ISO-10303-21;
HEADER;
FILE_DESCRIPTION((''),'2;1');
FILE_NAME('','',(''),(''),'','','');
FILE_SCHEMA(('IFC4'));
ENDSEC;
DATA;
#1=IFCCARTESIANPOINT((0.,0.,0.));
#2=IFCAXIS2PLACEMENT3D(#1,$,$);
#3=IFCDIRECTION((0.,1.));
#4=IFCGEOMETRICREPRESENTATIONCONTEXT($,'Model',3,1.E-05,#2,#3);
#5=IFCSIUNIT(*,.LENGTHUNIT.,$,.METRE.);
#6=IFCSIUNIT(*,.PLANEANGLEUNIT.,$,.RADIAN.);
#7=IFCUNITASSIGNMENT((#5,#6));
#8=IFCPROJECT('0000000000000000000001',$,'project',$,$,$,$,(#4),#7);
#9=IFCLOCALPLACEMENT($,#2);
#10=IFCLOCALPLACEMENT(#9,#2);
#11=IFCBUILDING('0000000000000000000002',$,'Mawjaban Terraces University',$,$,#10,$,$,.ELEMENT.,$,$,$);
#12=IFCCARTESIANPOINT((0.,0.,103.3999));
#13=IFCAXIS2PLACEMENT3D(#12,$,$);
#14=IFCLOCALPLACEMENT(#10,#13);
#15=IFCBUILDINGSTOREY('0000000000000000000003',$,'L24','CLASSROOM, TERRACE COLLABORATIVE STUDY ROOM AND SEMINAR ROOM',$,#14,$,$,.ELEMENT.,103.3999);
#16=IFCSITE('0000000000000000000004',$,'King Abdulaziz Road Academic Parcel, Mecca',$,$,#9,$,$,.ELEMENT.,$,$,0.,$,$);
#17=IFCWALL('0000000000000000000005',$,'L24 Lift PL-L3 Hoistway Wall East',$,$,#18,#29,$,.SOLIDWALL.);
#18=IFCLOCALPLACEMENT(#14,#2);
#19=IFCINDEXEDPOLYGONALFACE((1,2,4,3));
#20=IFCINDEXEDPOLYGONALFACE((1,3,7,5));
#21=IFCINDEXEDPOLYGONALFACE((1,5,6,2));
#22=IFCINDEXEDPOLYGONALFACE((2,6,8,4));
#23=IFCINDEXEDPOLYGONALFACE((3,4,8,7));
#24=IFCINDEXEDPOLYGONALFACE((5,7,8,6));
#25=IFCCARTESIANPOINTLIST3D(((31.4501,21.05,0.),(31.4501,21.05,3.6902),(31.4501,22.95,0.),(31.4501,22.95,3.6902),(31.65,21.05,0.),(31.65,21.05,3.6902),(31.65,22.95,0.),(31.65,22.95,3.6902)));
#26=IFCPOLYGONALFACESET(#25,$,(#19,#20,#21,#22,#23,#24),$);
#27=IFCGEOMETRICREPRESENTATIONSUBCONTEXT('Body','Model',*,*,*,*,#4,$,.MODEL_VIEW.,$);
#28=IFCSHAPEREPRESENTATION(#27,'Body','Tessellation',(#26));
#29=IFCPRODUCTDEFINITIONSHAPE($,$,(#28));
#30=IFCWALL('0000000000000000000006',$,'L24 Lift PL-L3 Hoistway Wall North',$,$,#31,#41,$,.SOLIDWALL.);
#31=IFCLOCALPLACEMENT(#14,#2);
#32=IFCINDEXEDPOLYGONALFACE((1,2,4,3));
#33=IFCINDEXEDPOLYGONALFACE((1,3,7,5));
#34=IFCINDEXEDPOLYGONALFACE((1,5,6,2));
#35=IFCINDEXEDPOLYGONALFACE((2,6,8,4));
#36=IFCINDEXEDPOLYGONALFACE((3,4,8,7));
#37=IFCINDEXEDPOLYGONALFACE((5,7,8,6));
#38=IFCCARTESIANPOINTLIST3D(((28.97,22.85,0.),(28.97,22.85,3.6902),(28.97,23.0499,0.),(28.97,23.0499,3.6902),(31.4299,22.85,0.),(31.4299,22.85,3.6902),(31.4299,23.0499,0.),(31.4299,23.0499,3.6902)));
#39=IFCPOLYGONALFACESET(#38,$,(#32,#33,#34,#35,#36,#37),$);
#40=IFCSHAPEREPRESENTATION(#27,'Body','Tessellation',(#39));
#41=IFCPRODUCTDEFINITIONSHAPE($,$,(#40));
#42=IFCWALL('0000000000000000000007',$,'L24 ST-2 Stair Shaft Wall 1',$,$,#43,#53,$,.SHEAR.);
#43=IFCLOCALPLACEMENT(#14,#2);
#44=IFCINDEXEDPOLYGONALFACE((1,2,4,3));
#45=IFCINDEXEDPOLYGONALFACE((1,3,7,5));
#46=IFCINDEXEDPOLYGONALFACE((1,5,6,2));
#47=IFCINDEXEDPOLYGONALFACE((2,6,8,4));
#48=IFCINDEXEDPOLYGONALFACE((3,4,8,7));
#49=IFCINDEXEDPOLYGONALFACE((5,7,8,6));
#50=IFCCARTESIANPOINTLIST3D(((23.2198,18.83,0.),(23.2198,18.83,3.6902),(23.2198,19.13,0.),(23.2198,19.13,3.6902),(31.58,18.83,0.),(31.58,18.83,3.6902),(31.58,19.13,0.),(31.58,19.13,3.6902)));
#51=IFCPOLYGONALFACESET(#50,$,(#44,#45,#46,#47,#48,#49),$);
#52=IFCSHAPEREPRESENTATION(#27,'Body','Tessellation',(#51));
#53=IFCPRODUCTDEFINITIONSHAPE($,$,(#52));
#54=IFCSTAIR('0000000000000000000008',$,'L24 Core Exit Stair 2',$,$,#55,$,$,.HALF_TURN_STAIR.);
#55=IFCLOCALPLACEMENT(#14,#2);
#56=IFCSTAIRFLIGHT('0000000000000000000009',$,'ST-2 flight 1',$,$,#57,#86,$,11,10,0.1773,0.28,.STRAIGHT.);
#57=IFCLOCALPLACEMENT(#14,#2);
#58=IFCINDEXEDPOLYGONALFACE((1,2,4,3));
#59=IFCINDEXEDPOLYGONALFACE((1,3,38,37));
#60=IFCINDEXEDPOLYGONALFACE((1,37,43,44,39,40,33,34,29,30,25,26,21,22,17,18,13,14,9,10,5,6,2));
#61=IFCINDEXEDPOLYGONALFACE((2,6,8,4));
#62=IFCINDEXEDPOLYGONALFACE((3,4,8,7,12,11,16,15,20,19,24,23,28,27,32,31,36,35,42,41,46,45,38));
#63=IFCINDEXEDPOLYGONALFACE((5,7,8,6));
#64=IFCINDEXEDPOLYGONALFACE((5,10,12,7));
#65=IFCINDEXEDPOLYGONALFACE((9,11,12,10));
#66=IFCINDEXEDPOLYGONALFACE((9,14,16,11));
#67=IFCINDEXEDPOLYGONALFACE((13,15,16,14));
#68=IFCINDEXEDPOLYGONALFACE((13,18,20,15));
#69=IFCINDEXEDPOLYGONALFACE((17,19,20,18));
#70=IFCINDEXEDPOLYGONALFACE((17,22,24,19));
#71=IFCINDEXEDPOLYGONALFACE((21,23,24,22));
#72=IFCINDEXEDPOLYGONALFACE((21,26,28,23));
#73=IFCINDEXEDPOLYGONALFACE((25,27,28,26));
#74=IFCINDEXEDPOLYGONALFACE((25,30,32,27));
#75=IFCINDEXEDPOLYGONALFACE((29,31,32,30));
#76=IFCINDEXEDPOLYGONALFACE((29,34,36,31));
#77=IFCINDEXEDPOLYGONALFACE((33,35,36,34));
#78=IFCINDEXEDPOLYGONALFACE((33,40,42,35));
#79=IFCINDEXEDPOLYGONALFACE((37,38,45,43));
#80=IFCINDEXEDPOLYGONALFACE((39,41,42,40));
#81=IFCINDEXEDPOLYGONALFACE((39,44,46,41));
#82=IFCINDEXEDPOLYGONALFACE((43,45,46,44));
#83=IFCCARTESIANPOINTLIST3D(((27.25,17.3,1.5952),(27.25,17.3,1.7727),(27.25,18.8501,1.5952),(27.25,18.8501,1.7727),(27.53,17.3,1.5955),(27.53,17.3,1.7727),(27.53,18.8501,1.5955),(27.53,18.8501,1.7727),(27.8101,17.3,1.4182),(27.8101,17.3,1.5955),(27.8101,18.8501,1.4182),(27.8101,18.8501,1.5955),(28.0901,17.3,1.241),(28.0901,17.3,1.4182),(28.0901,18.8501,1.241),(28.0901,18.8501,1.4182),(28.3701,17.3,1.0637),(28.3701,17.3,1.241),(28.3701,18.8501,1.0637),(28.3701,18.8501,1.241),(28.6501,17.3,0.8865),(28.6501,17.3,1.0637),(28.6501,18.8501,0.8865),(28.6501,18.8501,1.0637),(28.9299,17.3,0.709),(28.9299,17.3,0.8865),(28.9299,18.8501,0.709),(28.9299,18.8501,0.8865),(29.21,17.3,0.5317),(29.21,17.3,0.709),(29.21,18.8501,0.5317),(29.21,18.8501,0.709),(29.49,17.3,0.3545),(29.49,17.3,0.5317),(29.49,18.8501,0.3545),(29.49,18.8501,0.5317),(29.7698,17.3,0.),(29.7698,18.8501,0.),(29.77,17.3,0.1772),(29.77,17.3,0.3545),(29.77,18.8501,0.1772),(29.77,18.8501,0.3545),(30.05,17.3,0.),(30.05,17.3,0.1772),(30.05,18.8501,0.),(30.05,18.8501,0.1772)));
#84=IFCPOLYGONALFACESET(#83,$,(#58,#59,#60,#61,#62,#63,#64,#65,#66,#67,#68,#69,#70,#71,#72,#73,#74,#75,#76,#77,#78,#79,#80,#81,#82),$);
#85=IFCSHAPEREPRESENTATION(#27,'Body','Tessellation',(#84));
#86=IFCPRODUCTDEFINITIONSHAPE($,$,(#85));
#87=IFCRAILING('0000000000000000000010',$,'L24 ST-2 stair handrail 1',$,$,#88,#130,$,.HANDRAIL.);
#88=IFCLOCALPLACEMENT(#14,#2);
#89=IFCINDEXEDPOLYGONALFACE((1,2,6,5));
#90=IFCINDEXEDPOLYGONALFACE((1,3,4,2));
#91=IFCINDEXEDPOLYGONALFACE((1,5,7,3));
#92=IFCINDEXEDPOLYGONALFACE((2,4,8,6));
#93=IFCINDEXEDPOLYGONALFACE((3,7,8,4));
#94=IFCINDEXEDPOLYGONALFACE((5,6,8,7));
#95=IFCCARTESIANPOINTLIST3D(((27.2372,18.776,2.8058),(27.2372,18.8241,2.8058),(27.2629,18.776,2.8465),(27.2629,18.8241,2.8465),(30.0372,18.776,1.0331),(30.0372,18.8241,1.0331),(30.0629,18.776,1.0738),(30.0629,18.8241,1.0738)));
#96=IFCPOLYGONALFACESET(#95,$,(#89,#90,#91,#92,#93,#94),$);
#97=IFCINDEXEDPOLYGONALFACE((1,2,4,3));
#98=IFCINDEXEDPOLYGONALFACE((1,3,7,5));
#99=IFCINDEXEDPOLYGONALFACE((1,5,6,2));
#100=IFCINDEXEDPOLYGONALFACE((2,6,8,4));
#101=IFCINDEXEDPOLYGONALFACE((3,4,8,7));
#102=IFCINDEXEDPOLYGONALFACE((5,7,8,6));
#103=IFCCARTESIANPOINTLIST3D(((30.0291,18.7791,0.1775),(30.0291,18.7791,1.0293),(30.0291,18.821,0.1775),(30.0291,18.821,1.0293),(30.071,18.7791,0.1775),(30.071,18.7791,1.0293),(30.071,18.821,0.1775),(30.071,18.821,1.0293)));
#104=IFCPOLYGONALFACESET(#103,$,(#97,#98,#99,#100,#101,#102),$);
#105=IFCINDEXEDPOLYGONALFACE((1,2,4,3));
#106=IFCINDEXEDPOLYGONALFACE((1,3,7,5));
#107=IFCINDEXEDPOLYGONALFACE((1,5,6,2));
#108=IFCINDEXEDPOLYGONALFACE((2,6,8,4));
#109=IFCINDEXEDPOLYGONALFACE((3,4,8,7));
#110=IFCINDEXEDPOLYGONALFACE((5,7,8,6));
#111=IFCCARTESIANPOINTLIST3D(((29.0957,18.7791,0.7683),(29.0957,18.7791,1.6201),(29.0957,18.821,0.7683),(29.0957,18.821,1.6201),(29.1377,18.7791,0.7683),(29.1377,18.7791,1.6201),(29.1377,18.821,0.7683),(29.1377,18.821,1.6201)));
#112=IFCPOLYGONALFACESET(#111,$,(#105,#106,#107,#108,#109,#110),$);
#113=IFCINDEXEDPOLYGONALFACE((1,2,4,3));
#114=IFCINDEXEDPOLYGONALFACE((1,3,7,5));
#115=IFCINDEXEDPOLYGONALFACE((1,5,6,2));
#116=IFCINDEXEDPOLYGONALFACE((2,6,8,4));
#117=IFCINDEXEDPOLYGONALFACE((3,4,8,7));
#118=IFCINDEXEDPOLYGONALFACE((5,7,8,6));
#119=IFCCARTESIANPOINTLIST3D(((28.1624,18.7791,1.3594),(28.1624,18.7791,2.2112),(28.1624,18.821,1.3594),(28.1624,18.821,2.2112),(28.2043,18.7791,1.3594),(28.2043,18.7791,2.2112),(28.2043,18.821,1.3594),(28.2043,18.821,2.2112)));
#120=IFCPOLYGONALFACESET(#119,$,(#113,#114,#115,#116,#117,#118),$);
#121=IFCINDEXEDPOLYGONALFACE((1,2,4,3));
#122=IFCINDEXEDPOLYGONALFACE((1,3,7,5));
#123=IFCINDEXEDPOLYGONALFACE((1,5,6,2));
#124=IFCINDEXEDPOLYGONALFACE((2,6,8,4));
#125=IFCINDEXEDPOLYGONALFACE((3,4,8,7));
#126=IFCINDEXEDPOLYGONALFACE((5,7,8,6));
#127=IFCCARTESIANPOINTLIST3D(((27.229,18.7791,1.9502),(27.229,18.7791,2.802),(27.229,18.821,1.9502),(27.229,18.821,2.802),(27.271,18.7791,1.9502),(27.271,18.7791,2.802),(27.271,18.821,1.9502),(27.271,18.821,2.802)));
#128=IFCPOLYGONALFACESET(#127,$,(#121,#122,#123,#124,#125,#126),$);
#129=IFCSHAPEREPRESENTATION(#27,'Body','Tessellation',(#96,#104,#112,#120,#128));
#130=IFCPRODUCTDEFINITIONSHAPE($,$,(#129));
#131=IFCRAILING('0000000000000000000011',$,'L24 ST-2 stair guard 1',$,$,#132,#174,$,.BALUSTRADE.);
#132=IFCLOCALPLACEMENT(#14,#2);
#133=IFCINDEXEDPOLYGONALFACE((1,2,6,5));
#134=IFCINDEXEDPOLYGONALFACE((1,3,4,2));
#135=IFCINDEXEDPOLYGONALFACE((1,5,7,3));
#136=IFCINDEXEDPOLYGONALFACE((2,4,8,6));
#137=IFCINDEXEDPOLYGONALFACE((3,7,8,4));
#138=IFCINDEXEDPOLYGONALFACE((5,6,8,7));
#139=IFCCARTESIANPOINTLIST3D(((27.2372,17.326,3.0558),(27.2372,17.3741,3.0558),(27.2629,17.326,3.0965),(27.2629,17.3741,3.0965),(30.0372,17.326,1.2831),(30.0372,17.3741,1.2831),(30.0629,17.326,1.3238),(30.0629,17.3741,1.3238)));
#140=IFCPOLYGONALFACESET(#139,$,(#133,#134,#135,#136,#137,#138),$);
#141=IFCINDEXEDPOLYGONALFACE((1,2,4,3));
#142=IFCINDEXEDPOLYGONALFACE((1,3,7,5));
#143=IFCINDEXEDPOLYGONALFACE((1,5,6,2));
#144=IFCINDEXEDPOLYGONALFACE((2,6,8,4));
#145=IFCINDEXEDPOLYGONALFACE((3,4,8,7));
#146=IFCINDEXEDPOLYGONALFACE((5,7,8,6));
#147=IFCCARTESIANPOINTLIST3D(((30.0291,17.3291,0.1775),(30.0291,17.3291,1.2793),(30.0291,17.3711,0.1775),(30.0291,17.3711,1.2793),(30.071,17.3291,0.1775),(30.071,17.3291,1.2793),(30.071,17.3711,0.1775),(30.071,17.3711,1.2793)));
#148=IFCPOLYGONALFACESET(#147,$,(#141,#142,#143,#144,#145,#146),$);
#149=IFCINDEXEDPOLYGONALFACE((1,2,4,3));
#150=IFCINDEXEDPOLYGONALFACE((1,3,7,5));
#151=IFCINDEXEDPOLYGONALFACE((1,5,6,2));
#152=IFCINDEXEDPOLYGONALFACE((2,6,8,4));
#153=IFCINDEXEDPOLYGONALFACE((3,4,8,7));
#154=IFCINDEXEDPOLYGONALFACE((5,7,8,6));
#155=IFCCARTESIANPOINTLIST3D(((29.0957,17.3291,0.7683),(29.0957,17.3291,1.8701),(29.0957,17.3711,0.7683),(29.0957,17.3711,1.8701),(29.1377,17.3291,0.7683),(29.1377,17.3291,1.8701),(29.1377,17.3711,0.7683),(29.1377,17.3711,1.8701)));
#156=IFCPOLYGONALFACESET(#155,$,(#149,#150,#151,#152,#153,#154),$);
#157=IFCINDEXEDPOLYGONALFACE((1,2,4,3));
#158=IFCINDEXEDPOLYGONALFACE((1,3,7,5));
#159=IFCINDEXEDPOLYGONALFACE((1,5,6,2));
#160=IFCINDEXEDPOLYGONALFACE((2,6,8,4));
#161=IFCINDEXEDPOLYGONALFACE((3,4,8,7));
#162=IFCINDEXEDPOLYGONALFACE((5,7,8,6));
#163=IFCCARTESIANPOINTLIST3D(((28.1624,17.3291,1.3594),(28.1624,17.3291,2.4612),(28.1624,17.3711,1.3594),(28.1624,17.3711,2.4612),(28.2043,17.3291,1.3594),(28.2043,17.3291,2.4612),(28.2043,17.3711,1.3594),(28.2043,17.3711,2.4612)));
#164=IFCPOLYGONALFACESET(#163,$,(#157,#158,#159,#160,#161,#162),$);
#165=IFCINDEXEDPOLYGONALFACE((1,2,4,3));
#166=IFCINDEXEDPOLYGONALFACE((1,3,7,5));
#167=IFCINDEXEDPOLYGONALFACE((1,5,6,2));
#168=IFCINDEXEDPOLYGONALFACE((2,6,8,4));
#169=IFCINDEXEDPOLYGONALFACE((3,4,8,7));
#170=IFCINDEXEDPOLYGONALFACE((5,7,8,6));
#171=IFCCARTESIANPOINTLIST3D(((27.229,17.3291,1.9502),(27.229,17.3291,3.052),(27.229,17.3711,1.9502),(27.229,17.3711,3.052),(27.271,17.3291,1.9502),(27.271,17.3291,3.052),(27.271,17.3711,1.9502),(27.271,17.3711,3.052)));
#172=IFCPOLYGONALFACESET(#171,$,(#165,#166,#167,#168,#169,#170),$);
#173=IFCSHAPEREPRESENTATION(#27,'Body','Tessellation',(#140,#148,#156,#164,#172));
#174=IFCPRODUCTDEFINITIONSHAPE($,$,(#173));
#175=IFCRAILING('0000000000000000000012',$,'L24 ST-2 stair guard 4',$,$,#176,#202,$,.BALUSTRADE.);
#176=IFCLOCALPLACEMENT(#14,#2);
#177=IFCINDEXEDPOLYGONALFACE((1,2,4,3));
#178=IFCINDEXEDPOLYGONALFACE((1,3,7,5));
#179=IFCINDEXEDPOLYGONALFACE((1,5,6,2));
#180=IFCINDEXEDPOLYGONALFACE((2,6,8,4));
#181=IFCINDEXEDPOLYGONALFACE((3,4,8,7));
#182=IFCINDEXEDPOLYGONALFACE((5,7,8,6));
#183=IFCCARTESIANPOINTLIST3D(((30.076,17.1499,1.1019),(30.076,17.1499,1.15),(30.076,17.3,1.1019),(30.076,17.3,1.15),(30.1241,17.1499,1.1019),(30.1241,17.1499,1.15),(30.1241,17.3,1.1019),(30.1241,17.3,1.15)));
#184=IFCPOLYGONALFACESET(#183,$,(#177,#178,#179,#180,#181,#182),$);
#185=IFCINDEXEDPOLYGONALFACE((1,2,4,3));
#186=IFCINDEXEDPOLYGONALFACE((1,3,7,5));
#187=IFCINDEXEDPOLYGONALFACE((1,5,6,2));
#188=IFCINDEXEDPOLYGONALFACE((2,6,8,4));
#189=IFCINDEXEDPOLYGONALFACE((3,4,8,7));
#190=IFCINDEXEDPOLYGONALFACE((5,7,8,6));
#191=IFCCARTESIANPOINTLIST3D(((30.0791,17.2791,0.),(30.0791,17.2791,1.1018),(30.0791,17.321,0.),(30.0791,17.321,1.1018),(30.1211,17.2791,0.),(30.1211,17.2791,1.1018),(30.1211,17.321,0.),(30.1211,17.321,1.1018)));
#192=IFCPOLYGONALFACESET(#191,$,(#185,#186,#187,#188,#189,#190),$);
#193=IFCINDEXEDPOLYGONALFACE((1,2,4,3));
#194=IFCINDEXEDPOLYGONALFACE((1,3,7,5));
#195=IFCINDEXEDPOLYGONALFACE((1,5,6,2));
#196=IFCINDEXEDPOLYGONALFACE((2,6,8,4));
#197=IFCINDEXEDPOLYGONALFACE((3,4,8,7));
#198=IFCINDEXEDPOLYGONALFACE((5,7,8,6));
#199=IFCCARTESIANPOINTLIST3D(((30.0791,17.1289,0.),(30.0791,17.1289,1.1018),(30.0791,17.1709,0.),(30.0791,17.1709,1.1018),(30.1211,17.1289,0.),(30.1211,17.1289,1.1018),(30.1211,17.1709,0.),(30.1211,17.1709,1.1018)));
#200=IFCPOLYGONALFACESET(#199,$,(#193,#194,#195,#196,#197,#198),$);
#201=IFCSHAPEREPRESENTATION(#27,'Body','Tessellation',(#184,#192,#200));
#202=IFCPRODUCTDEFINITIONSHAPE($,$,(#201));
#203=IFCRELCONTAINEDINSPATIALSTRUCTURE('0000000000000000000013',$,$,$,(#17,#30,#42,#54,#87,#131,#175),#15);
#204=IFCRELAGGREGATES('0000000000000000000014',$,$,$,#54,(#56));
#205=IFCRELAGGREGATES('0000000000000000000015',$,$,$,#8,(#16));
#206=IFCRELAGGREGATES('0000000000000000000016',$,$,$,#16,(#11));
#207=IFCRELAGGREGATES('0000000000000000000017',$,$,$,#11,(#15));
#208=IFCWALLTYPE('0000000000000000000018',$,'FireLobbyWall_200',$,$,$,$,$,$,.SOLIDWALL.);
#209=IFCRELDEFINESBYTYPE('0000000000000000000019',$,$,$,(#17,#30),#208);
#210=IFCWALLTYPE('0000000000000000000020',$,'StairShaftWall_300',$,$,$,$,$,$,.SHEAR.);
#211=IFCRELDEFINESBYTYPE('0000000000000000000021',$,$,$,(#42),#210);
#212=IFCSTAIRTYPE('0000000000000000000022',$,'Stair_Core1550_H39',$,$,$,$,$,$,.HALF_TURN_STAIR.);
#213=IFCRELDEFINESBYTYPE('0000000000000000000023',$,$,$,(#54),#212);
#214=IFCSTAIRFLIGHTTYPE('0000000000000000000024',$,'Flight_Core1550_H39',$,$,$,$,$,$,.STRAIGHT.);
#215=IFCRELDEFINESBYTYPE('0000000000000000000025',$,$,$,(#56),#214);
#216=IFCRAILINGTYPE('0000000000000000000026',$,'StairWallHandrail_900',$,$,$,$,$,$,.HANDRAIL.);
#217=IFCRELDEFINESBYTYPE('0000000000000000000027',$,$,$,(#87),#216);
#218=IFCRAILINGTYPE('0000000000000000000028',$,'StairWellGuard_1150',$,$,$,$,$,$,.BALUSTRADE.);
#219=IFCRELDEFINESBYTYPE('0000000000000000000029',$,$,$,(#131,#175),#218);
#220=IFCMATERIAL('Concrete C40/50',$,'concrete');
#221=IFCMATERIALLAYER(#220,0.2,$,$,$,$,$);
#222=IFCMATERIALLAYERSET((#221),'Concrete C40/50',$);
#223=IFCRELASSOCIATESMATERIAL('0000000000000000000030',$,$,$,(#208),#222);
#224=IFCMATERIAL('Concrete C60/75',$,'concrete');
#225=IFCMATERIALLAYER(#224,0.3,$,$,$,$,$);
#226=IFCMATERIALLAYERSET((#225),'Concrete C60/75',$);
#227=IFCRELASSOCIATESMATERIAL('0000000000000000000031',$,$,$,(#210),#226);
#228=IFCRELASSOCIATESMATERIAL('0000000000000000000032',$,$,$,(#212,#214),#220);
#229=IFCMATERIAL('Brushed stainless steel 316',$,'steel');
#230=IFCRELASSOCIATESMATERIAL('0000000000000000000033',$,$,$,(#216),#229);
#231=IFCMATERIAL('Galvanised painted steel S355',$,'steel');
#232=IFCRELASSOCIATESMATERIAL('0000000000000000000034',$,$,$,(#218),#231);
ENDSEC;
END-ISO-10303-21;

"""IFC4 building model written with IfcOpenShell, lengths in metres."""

from ifc_helpers import new_model, si_unit, direction, frame, frame_2d, origin, origin_2d, place, context, subcontext, project, spatial, polyline, rectangle, outline, extrude, material, layer, layer_set, type_object, element, aggregate, save


model = new_model("IFC4")

# Units and contexts
model_context = context("Model", 3, precision=1e-05, world=origin(), true_north=direction((0.0, 1.0)))
body_context = subcontext(model_context, "Body", "Model", "MODEL_VIEW")
ifc_project = project(units=[si_unit("LENGTHUNIT", "METRE"), si_unit("PLANEANGLEUNIT", "RADIAN")], contexts=[model_context])

# Site, building, storey
site_placement = place(None, origin())
site = spatial("IfcSite", under=ifc_project, at=site_placement, Name="King Abdulaziz Road Academic Parcel, Mecca", CompositionType="ELEMENT", RefElevation=0.0)
building_placement = place(site_placement, origin())
building = spatial("IfcBuilding", under=site, at=building_placement, Name="Mawjaban Terraces University", CompositionType="ELEMENT")
storey_placement = place(building_placement, frame((0.0, 0.0, 103.3999)))
storey = spatial("IfcBuildingStorey", under=building, at=storey_placement, Name="L24", Description="CLASSROOM, TERRACE COLLABORATIVE STUDY ROOM AND SEMINAR ROOM", CompositionType="ELEMENT", Elevation=103.3999)

# Shared definitions
ifc_material_1 = material(Name="Concrete C40/50", Category="concrete")
ifc_layer_1 = layer(ifc_material_1, 0.2)
ifc_layer_set_1 = layer_set([ifc_layer_1], Name="Concrete C40/50")
wall_type_1 = type_object("IfcWallType", Name="FireLobbyWall_200", PredefinedType="SOLIDWALL", material=ifc_layer_set_1)

# Walls
wall_1_placement = place(storey_placement, frame((31.55, 21.05, 0.0), z_axis=(0.0, 0.0, 1.0), x_axis=(0.0, 1.0, 0.0)))
element("IfcWall", 1, at=wall_1_placement, inside=storey, type_object=wall_type_1, Name="L24 Lift PL-L3 Hoistway Wall East", PredefinedType="SOLIDWALL", context=body_context, shape_type="SweptSolid", body=[
    extrude(rectangle(XDim=1.8999, YDim=0.2, at=frame_2d((0.95, 0.0))), origin(), (0.0, 0.0, 1.0), 3.6902),
])
wall_2_placement = place(storey_placement, frame((31.4299, 22.95, 0.0), z_axis=(0.0, 0.0, 1.0), x_axis=(-1.0, 0.0, 0.0)))
element("IfcWall", 2, at=wall_2_placement, inside=storey, type_object=wall_type_1, Name="L24 Lift PL-L3 Hoistway Wall North", PredefinedType="SOLIDWALL", context=body_context, shape_type="SweptSolid", body=[
    extrude(rectangle(XDim=2.46, YDim=0.2, at=frame_2d((1.23, 0.0))), origin(), (0.0, 0.0, 1.0), 3.6902),
])
ifc_material_2 = material(Name="Concrete C60/75", Category="concrete")
ifc_layer_2 = layer(ifc_material_2, 0.3)
ifc_layer_set_2 = layer_set([ifc_layer_2], Name="Concrete C60/75")
wall_type_2 = type_object("IfcWallType", Name="StairShaftWall_300", PredefinedType="SHEAR", material=ifc_layer_set_2)
wall_3_placement = place(storey_placement, frame((31.5801, 18.98, 0.0), z_axis=(0.0, 0.0, 1.0), x_axis=(-1.0, 0.0, 0.0)))
element("IfcWall", 3, at=wall_3_placement, inside=storey, type_object=wall_type_2, Name="L24 ST-2 Stair Shaft Wall 1", PredefinedType="SHEAR", context=body_context, shape_type="SweptSolid", body=[
    extrude(rectangle(XDim=8.3601, YDim=0.3, at=frame_2d((4.1802, 0.0))), origin(), (0.0, 0.0, 1.0), 3.6902),
])

# Stair, stair flight
stair_type = type_object("IfcStairType", Name="Stair_Core1550_H39", PredefinedType="HALF_TURN_STAIR", material=ifc_material_1)
stair_placement = place(storey_placement, origin())
stair = element("IfcStair", 4, at=stair_placement, inside=storey, type_object=stair_type, Name="L24 Core Exit Stair 2", PredefinedType="HALF_TURN_STAIR")
stair_flight_type = type_object("IfcStairFlightType", Name="Flight_Core1550_H39", PredefinedType="STRAIGHT", material=ifc_material_1)
stair_flight_placement = place(storey_placement, frame((30.05, 18.075, 0.0), z_axis=(0.0, 0.0, 1.0), x_axis=(-1.0, 0.0, 0.0)))
stair_flight = element("IfcStairFlight", 5, at=stair_flight_placement, type_object=stair_flight_type, Name="ST-2 flight 1", NumberOfRisers=11, NumberOfTreads=10, PredefinedType="STRAIGHT", RiserHeight=0.1773, TreadLength=0.28, context=body_context, shape_type="SweptSolid", body=[
    extrude(outline(polyline([(0.0, 0.0), (0.0, 0.1772), (0.28, 0.1772), (0.28, 0.3545), (0.5601, 0.3545), (0.5601, 0.5317), (0.8401, 0.5317), (0.8401, 0.709), (1.1201, 0.709), (1.1201, 0.8865), (1.3999, 0.8865), (1.3999, 1.0637), (1.6799, 1.0637), (1.6799, 1.241), (1.96, 1.241), (1.96, 1.4182), (2.24, 1.4182), (2.24, 1.5955), (2.52, 1.5955), (2.52, 1.7727), (2.8, 1.7727), (2.8, 1.95), (2.8, 1.5952), (0.2803, 0.0), (0.0, 0.0)])), frame((0.0, 0.7749, 0.0), z_axis=(0.0, -1.0, 0.0), x_axis=(1.0, 0.0, 0.0)), (0.0, 0.0, 1.0), 1.55),
])
aggregate(stair, [stair_flight])

# Railings
ifc_material_3 = material(Name="Brushed stainless steel 316", Category="steel")
railing_type_1 = type_object("IfcRailingType", Name="StairWallHandrail_900", PredefinedType="HANDRAIL", material=ifc_material_3)
railing_1_placement = place(storey_placement, frame((30.05, 18.8, 0.1775)))
element("IfcRailing", 6, at=railing_1_placement, inside=storey, type_object=railing_type_1, Name="L24 ST-2 stair handrail 1", PredefinedType="HANDRAIL", context=body_context, shape_type="SweptSolid", body=[
    extrude(rectangle(XDim=0.0481, YDim=0.0481, at=origin_2d()), frame((0.0, 0.0, 0.876), z_axis=(-0.844909, 0.0, 0.53491), x_axis=(0.0, -1.0, 0.0)), (0.0, 0.0, 1.0), 3.314),
    extrude(rectangle(XDim=0.042, YDim=0.042, at=origin_2d()), origin(), (0.0, 0.0, 1.0), 0.8518),
    extrude(rectangle(XDim=0.042, YDim=0.042, at=origin_2d()), frame((-0.9333, 0.0, 0.5908)), (0.0, 0.0, 1.0), 0.8518),
    extrude(rectangle(XDim=0.042, YDim=0.042, at=origin_2d()), frame((-1.8667, 0.0, 1.1819)), (0.0, 0.0, 1.0), 0.8518),
    extrude(rectangle(XDim=0.042, YDim=0.042, at=origin_2d()), frame((-2.8, 0.0, 1.7727)), (0.0, 0.0, 1.0), 0.8518),
])
ifc_material_4 = material(Name="Galvanised painted steel S355", Category="steel")
railing_type_2 = type_object("IfcRailingType", Name="StairWellGuard_1150", PredefinedType="BALUSTRADE", material=ifc_material_4)
railing_2_placement = place(storey_placement, frame((30.05, 17.3501, 0.1775)))
element("IfcRailing", 7, at=railing_2_placement, inside=storey, type_object=railing_type_2, Name="L24 ST-2 stair guard 1", PredefinedType="BALUSTRADE", context=body_context, shape_type="SweptSolid", body=[
    extrude(rectangle(XDim=0.0481, YDim=0.0481, at=origin_2d()), frame((0.0, 0.0, 1.126), z_axis=(-0.844909, 0.0, 0.53491), x_axis=(0.0, -1.0, 0.0)), (0.0, 0.0, 1.0), 3.314),
    extrude(rectangle(XDim=0.042, YDim=0.042, at=origin_2d()), origin(), (0.0, 0.0, 1.0), 1.1018),
    extrude(rectangle(XDim=0.042, YDim=0.042, at=origin_2d()), frame((-0.9333, 0.0, 0.5908)), (0.0, 0.0, 1.0), 1.1018),
    extrude(rectangle(XDim=0.042, YDim=0.042, at=origin_2d()), frame((-1.8667, 0.0, 1.1819)), (0.0, 0.0, 1.0), 1.1018),
    extrude(rectangle(XDim=0.042, YDim=0.042, at=origin_2d()), frame((-2.8, 0.0, 1.7727)), (0.0, 0.0, 1.0), 1.1018),
])
railing_3_placement = place(storey_placement, frame((30.1001, 17.3, 0.0)))
element("IfcRailing", 8, at=railing_3_placement, inside=storey, type_object=railing_type_2, Name="L24 ST-2 stair guard 4", PredefinedType="BALUSTRADE", context=body_context, shape_type="SweptSolid", body=[
    extrude(rectangle(XDim=0.0481, YDim=0.0481, at=origin_2d()), frame((0.0, 0.0, 1.126), z_axis=(0.0, -1.0, 0.0), x_axis=(1.0, 0.0, 0.0)), (0.0, 0.0, 1.0), 0.1501),
    extrude(rectangle(XDim=0.042, YDim=0.042, at=origin_2d()), origin(), (0.0, 0.0, 1.0), 1.1018),
    extrude(rectangle(XDim=0.042, YDim=0.042, at=origin_2d()), frame((0.0, -0.1501, 0.0)), (0.0, 0.0, 1.0), 1.1018),
])

save(model, "model.ifc")
